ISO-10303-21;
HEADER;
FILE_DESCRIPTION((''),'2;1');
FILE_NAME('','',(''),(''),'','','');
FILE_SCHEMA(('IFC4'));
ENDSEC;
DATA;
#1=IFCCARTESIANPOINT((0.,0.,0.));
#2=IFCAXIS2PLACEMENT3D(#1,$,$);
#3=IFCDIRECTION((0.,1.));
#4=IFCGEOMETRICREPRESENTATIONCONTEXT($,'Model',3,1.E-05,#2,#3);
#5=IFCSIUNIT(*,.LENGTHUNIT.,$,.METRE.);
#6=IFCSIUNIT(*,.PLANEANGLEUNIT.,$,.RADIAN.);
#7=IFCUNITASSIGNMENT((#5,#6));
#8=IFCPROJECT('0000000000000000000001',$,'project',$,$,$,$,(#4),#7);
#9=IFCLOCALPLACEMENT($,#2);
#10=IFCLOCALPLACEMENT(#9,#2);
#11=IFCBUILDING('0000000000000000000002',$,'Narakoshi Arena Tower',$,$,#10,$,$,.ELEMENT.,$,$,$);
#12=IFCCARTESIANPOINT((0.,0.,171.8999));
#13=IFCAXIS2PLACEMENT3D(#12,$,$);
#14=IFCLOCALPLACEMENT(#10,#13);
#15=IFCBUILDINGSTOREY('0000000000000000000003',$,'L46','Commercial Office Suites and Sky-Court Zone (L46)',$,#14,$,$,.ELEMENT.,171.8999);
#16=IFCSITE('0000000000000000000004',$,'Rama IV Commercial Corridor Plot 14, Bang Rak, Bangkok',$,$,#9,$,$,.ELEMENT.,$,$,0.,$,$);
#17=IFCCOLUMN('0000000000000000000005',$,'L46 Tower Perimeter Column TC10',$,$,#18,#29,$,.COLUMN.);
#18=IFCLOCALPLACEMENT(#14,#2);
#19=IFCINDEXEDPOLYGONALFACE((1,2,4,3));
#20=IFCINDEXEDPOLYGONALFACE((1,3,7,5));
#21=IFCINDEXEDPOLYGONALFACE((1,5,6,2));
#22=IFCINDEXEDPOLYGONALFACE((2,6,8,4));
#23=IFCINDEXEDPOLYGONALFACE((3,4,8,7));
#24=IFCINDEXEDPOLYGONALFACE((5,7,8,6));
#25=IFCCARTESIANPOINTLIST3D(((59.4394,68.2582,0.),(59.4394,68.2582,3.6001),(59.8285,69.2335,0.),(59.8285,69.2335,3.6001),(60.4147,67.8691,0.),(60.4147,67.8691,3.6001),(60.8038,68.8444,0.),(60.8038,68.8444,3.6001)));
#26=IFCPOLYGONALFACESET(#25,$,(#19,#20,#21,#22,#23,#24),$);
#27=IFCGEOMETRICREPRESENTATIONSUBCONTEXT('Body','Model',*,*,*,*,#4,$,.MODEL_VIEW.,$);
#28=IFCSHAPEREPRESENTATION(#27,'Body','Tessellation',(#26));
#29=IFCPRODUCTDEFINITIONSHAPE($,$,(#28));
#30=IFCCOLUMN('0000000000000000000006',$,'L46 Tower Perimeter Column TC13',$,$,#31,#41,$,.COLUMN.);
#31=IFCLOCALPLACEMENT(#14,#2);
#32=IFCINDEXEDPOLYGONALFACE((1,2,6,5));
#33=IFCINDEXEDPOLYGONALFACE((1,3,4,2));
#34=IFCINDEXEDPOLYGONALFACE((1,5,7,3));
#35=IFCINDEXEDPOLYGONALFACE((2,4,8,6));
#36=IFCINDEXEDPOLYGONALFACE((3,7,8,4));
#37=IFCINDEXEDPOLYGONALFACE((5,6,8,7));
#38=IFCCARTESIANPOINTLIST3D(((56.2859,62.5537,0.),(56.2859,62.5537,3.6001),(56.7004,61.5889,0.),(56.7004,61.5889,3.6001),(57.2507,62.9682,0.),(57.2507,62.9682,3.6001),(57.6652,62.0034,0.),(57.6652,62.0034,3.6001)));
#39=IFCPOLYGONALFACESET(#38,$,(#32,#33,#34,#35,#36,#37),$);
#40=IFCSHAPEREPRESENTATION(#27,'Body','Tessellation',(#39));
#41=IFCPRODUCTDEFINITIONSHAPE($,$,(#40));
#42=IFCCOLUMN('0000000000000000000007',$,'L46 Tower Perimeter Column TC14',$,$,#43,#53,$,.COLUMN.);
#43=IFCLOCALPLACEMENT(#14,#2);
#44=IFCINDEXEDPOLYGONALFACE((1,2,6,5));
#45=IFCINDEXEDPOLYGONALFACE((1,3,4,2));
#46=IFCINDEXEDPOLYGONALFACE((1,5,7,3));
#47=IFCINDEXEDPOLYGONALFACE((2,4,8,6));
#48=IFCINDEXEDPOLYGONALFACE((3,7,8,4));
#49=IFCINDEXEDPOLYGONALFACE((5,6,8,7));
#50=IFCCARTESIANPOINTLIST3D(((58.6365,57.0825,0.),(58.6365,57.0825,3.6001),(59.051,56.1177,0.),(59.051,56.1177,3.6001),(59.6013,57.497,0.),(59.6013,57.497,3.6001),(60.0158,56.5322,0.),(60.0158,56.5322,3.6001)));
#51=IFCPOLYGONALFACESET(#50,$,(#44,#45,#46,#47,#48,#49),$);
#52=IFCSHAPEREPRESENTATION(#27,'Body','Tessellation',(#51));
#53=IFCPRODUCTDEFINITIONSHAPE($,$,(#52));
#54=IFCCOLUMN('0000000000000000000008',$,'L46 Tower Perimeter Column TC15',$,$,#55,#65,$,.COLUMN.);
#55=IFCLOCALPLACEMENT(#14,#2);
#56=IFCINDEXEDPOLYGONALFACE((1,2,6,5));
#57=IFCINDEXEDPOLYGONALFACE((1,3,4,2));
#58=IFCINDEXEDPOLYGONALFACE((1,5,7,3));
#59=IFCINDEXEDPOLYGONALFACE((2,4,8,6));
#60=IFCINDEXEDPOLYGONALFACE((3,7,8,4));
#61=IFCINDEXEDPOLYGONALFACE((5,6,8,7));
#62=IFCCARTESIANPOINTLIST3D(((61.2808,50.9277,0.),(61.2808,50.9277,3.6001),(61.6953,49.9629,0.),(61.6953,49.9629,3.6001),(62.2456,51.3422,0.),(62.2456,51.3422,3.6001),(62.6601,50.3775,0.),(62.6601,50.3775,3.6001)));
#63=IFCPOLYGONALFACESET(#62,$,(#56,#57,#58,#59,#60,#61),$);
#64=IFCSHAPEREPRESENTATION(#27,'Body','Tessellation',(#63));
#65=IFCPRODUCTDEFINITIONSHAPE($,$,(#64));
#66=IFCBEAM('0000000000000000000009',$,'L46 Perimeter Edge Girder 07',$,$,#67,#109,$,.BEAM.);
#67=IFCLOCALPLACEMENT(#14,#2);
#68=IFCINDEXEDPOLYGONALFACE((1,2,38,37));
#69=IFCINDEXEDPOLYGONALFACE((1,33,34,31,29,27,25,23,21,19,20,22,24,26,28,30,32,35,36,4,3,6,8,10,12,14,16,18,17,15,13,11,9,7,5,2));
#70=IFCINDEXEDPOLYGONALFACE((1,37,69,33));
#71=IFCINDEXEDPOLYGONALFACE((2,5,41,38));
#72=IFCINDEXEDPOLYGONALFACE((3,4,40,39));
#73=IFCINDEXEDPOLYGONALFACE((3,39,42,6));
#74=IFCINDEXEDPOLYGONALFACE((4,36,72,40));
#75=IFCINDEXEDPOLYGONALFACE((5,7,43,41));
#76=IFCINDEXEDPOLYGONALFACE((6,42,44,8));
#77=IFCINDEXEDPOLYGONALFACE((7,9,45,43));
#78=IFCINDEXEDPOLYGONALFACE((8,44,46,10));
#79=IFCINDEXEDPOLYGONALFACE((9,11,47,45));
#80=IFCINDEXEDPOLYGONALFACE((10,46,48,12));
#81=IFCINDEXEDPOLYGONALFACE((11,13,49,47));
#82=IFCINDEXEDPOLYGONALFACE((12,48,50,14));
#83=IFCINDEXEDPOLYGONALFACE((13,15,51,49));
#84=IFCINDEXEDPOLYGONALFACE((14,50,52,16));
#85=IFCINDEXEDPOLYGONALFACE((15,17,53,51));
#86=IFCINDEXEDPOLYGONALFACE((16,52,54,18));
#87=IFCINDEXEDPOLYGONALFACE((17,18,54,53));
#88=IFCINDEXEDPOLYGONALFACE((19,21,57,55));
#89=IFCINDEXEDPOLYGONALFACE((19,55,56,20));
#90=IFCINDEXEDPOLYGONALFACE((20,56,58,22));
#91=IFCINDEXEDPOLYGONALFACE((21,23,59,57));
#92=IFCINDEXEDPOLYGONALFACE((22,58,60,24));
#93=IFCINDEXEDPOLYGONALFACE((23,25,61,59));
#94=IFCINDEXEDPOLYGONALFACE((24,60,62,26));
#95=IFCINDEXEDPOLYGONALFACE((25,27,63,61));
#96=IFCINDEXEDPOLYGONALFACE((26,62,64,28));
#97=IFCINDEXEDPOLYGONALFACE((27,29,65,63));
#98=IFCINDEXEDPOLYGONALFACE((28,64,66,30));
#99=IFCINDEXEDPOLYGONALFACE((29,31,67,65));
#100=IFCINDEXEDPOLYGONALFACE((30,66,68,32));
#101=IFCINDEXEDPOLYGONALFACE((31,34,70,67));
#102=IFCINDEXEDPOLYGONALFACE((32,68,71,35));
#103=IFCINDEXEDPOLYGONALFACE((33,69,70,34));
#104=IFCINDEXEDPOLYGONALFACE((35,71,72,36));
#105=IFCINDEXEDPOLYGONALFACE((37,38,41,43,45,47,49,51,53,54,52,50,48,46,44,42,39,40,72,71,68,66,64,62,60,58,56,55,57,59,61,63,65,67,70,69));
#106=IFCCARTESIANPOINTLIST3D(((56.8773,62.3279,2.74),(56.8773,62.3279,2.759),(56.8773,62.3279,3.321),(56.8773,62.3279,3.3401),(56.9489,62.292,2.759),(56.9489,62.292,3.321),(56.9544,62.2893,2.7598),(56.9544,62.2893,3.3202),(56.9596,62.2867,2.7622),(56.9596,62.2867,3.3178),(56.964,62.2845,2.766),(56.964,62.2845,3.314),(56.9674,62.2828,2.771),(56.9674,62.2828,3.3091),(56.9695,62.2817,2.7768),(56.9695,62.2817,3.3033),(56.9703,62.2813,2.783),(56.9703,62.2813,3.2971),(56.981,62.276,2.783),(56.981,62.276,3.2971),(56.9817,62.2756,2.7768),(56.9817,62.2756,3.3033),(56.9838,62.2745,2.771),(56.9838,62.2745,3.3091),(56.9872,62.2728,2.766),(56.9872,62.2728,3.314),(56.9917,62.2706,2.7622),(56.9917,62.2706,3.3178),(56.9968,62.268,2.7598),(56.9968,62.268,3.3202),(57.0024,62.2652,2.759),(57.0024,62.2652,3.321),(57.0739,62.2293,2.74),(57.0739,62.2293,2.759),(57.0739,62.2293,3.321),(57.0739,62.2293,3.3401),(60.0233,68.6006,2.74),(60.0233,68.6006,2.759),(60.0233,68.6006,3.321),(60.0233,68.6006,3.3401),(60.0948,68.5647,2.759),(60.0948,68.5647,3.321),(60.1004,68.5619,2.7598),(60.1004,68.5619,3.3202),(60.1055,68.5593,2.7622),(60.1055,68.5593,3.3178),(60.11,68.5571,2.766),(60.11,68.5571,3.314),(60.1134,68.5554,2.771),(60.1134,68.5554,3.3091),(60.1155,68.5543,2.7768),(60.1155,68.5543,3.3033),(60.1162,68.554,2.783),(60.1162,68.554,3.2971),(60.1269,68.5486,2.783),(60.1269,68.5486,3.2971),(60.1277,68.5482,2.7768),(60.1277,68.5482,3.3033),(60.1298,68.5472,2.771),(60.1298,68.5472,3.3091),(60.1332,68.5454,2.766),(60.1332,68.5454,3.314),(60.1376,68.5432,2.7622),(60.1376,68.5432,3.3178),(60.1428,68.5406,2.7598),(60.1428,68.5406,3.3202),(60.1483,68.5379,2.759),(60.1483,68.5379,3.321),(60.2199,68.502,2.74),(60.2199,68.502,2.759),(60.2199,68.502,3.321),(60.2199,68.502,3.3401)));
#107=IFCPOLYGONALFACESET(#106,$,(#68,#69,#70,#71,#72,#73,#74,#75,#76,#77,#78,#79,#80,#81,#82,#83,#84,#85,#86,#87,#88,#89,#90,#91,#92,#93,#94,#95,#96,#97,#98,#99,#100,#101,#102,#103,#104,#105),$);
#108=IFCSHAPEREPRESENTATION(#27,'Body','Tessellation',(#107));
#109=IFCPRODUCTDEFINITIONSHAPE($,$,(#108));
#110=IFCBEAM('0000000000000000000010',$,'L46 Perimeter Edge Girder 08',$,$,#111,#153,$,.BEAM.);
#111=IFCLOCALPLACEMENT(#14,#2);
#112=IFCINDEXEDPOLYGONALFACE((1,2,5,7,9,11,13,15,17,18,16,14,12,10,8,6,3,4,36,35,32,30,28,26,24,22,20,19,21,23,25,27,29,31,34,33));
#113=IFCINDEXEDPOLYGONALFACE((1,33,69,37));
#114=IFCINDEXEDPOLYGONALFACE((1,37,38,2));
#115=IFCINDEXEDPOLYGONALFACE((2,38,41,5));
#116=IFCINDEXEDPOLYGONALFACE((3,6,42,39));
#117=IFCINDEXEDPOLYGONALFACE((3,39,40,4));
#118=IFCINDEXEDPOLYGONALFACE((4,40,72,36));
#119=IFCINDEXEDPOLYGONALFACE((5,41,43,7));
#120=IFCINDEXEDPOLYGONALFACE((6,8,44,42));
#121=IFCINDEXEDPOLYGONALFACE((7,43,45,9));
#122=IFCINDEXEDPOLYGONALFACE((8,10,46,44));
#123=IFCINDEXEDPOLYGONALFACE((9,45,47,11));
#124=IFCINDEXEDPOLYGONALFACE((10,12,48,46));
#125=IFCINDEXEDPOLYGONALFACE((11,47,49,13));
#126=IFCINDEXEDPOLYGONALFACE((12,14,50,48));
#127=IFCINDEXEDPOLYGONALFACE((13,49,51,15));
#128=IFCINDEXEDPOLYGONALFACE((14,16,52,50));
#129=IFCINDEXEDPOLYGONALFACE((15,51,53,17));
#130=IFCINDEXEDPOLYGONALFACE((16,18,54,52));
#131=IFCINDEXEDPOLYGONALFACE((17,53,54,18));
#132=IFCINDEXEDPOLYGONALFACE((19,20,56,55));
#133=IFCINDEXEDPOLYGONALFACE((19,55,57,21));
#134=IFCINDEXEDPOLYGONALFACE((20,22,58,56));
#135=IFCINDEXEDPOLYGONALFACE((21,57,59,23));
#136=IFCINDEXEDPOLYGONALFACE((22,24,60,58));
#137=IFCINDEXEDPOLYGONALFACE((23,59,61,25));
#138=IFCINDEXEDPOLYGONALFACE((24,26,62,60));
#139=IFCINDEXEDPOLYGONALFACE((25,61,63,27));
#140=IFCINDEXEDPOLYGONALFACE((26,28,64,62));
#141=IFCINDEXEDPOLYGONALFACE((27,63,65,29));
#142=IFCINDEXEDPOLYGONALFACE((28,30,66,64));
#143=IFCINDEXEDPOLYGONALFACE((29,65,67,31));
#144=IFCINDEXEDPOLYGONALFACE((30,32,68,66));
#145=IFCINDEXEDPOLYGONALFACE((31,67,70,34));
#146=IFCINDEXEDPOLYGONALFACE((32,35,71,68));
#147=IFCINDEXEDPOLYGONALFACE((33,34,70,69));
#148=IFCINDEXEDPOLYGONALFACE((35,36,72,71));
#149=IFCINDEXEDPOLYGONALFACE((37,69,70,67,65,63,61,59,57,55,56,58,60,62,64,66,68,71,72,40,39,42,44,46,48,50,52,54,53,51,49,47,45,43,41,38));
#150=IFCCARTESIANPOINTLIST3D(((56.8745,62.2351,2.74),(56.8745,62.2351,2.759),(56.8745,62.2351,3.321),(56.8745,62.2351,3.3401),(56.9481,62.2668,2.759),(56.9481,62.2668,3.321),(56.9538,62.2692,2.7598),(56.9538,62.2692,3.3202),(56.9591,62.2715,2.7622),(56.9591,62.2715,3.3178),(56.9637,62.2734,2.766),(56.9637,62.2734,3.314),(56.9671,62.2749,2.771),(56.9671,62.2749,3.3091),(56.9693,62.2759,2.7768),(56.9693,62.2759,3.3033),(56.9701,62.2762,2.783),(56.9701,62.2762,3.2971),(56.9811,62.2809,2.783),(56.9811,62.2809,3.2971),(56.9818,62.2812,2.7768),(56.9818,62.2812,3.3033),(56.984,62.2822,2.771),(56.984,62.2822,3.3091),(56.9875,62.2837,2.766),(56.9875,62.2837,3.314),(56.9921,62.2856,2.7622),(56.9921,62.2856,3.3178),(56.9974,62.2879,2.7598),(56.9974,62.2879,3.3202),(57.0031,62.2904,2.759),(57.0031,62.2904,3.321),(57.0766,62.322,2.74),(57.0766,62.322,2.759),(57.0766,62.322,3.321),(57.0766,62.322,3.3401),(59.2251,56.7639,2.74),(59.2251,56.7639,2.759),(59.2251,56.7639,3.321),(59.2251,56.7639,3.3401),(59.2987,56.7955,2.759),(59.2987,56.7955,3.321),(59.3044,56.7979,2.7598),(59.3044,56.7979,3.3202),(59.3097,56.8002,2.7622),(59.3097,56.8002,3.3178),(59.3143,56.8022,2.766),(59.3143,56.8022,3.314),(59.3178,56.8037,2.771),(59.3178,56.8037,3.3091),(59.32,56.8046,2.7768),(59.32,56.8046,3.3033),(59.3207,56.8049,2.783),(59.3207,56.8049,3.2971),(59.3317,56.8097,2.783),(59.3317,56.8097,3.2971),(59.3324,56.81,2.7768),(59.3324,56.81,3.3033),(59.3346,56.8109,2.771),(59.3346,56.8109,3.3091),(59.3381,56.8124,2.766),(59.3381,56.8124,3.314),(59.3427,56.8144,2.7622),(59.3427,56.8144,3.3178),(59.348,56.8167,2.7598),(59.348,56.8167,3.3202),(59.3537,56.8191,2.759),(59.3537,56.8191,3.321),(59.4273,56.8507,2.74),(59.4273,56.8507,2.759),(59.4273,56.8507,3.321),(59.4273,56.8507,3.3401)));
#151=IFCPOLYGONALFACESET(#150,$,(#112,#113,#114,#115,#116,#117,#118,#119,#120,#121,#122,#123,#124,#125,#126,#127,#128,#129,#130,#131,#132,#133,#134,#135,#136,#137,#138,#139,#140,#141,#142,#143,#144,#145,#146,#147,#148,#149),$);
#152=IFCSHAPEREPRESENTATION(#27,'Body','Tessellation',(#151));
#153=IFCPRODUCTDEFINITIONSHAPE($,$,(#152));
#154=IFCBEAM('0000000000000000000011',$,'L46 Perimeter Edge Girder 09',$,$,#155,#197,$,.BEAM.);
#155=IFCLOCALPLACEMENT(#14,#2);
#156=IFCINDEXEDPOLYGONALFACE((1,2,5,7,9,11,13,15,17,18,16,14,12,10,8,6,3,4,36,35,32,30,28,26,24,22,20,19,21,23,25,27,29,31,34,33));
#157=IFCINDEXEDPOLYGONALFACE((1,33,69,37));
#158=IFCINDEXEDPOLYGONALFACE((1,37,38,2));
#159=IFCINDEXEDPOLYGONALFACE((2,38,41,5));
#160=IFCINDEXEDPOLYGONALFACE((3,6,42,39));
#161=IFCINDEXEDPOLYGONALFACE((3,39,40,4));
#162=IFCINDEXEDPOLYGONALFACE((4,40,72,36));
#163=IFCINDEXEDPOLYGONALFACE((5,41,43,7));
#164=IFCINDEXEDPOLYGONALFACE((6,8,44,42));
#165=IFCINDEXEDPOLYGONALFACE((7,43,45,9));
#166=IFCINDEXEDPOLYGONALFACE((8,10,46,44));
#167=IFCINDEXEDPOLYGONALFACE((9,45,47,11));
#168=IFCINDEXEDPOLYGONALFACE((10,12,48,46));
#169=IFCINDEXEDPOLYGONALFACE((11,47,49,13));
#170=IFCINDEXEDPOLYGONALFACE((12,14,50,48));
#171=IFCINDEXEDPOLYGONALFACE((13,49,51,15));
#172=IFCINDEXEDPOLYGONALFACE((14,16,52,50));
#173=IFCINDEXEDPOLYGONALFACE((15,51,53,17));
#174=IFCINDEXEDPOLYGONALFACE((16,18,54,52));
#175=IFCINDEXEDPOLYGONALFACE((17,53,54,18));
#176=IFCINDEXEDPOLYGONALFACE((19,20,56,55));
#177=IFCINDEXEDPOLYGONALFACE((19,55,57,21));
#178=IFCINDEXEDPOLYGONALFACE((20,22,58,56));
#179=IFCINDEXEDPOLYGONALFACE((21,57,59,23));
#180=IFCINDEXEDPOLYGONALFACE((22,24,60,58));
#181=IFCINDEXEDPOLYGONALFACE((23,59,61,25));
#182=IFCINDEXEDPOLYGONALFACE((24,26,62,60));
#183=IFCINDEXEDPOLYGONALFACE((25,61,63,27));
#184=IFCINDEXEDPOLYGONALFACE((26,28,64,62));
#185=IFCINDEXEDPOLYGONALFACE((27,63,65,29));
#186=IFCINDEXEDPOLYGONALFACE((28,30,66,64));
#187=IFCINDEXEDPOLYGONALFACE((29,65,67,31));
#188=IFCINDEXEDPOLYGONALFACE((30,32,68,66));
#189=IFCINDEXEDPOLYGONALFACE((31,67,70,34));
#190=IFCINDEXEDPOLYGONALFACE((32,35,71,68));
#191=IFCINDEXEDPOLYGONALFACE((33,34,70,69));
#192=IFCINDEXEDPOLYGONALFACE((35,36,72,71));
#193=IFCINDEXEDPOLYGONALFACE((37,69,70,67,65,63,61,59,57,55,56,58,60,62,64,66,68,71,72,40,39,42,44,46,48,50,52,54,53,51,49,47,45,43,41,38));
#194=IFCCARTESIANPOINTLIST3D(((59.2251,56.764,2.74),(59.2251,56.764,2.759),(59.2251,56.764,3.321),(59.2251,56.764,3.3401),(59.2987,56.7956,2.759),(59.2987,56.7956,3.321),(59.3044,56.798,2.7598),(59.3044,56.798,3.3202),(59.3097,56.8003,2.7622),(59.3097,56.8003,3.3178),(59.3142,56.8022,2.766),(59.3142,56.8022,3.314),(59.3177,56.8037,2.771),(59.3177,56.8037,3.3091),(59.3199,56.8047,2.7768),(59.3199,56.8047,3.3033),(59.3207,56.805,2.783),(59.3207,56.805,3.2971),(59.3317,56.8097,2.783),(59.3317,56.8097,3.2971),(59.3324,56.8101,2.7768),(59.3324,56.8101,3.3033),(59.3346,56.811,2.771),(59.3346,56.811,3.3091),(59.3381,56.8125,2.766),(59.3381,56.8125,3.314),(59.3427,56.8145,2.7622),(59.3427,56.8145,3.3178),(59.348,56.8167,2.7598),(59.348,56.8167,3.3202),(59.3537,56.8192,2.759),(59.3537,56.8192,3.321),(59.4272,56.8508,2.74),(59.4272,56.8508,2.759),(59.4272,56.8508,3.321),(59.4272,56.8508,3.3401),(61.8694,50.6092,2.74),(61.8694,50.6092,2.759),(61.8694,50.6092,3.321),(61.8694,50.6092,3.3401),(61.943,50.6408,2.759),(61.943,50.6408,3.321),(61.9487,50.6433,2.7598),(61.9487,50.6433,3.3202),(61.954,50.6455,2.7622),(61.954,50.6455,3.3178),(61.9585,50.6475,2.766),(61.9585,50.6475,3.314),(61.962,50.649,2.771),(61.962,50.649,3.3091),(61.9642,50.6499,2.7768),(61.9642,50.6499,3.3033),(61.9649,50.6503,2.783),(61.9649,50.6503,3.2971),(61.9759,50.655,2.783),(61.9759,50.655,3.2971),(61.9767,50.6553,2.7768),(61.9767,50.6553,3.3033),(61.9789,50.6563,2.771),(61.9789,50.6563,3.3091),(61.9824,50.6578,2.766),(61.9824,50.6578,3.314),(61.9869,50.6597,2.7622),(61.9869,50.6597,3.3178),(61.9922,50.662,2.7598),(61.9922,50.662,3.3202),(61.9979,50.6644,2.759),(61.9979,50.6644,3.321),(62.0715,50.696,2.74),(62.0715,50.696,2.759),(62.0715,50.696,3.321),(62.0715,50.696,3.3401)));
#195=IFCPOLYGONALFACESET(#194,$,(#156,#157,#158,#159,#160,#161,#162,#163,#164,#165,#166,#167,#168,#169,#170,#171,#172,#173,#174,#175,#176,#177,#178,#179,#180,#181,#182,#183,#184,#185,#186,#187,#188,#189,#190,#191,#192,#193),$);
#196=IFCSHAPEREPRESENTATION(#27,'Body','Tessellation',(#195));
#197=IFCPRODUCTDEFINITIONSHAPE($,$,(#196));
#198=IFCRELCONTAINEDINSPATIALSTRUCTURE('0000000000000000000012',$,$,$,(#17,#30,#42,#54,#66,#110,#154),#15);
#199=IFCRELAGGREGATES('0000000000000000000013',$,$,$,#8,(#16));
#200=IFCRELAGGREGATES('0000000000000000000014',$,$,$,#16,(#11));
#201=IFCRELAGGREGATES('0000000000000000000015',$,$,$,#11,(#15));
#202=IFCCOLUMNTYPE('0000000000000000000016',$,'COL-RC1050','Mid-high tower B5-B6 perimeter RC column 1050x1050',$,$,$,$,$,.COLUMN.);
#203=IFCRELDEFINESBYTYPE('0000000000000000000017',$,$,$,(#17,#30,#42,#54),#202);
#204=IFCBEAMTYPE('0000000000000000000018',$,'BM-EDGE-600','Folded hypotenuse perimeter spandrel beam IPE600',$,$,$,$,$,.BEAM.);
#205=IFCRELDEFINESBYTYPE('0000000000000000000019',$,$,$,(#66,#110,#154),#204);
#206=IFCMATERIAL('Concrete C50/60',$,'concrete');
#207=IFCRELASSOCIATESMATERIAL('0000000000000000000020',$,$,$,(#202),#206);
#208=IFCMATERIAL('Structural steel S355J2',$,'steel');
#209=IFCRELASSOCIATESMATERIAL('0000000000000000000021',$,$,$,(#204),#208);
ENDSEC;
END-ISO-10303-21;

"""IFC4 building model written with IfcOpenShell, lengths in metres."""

from ifc_helpers import new_model, si_unit, direction, frame, origin, origin_2d, place, context, subcontext, project, spatial, rectangle, i_section, extrude, material, material_profile, profile_set, type_object, element, save


model = new_model("IFC4")

# Units and contexts
model_context = context("Model", 3, precision=1e-05, world=origin(), true_north=direction((0.0, 1.0)))
body_context = subcontext(model_context, "Body", "Model", "MODEL_VIEW")
ifc_project = project(units=[si_unit("LENGTHUNIT", "METRE"), si_unit("PLANEANGLEUNIT", "RADIAN")], contexts=[model_context])

# Site, building, storey
site_placement = place(None, origin())
site = spatial("IfcSite", under=ifc_project, at=site_placement, Name="Rama IV Commercial Corridor Plot 14, Bang Rak, Bangkok", CompositionType="ELEMENT", RefElevation=0.0)
building_placement = place(site_placement, origin())
building = spatial("IfcBuilding", under=site, at=building_placement, Name="Narakoshi Arena Tower", CompositionType="ELEMENT")
storey_placement = place(building_placement, frame((0.0, 0.0, 171.8999)))
storey = spatial("IfcBuildingStorey", under=building, at=storey_placement, Name="L46", Description="Commercial Office Suites and Sky-Court Zone (L46)", CompositionType="ELEMENT", Elevation=171.8999)

# Columns
ifc_material_1 = material(Name="Concrete C50/60", Category="concrete")
ifc_material_profile_1 = material_profile(ifc_material_1, rectangle(XDim=1.05, YDim=1.05, at=origin_2d()), Name="RC1050x1050")
ifc_profile_set_1 = profile_set([ifc_material_profile_1], Name="Concrete C50/60")
column_type = type_object("IfcColumnType", Name="COL-RC1050", Description="Mid-high tower B5-B6 perimeter RC column 1050x1050", PredefinedType="COLUMN", material=ifc_profile_set_1)
for number, where, z_axis, x_axis, name in (
    (1, (60.1216, 68.5513, 0.0), (0.0, 0.0, 1.0), (0.370557, 0.92881, 0.0), "L46 Tower Perimeter Column TC10"),
    (2, (56.9756, 62.2786, 0.0), (0.0, 0.0, 1.0), (-0.394744, 0.918791, 0.0), "L46 Tower Perimeter Column TC13"),
    (3, (59.3262, 56.8074, 0.0), (0.0, 0.0, 1.0), (-0.394744, 0.918791, 0.0), "L46 Tower Perimeter Column TC14"),
    (4, (61.9705, 50.6526, 0.0), (0.0, 0.0, 1.0), (-0.394744, 0.918791, 0.0), "L46 Tower Perimeter Column TC15"),
):
    element("IfcColumn", number, at=place(storey_placement, frame(where, z_axis=z_axis, x_axis=x_axis)), inside=storey, type_object=column_type, Name=name, PredefinedType="COLUMN", context=body_context, shape_type="SweptSolid", body=[
        extrude(rectangle(XDim=1.05, YDim=1.05, at=origin_2d()), origin(), (0.0, 0.0, 1.0), 3.6001),
    ])

# Beams
ifc_material_2 = material(Name="Structural steel S355J2", Category="steel")
ifc_material_profile_2 = material_profile(ifc_material_2, i_section(OverallWidth=0.22, OverallDepth=0.6001, WebThickness=0.012, FlangeThickness=0.019, FilletRadius=0.0239, at=origin_2d()), Name="IPE600")
ifc_profile_set_2 = profile_set([ifc_material_profile_2], Name="Structural steel S355J2")
beam_type_1 = type_object("IfcBeamType", Name="BM-EDGE-600", Description="Folded hypotenuse perimeter spandrel beam IPE600", PredefinedType="BEAM", material=ifc_profile_set_2)
beam_1_placement = place(storey_placement, frame((60.1216, 68.5513, 3.04), z_axis=(-0.448313, -0.893877, 0.0), x_axis=(0.893877, -0.448313, 0.0)))
element("IfcBeam", 5, at=beam_1_placement, inside=storey, type_object=beam_type_1, Name="L46 Perimeter Edge Girder 07", PredefinedType="BEAM", context=body_context, shape_type="SweptSolid", body=[
    extrude(i_section(OverallWidth=0.22, OverallDepth=0.6001, WebThickness=0.012, FlangeThickness=0.019, FilletRadius=0.0239, at=origin_2d()), origin(), (0.0, 0.0, 1.0), 7.0173),
])
beam_2_placement = place(storey_placement, frame((56.9756, 62.2786, 3.04), z_axis=(0.394741, -0.918793, 0.0), x_axis=(0.918793, 0.394741, 0.0)))
element("IfcBeam", 6, at=beam_2_placement, inside=storey, type_object=beam_type_1, Name="L46 Perimeter Edge Girder 08", PredefinedType="BEAM", context=body_context, shape_type="SweptSolid", body=[
    extrude(i_section(OverallWidth=0.22, OverallDepth=0.6001, WebThickness=0.012, FlangeThickness=0.019, FilletRadius=0.0239, at=origin_2d()), origin(), (0.0, 0.0, 1.0), 5.9548),
])
beam_3_placement = place(storey_placement, frame((59.3262, 56.8074, 3.04), z_axis=(0.394742, -0.918792, 0.0), x_axis=(0.918792, 0.394742, 0.0)))
element("IfcBeam", 7, at=beam_3_placement, inside=storey, type_object=beam_type_1, Name="L46 Perimeter Edge Girder 09", PredefinedType="BEAM", context=body_context, shape_type="SweptSolid", body=[
    extrude(i_section(OverallWidth=0.22, OverallDepth=0.6001, WebThickness=0.012, FlangeThickness=0.019, FilletRadius=0.0239, at=origin_2d()), origin(), (0.0, 0.0, 1.0), 6.6987),
])

save(model, "model.ifc")
